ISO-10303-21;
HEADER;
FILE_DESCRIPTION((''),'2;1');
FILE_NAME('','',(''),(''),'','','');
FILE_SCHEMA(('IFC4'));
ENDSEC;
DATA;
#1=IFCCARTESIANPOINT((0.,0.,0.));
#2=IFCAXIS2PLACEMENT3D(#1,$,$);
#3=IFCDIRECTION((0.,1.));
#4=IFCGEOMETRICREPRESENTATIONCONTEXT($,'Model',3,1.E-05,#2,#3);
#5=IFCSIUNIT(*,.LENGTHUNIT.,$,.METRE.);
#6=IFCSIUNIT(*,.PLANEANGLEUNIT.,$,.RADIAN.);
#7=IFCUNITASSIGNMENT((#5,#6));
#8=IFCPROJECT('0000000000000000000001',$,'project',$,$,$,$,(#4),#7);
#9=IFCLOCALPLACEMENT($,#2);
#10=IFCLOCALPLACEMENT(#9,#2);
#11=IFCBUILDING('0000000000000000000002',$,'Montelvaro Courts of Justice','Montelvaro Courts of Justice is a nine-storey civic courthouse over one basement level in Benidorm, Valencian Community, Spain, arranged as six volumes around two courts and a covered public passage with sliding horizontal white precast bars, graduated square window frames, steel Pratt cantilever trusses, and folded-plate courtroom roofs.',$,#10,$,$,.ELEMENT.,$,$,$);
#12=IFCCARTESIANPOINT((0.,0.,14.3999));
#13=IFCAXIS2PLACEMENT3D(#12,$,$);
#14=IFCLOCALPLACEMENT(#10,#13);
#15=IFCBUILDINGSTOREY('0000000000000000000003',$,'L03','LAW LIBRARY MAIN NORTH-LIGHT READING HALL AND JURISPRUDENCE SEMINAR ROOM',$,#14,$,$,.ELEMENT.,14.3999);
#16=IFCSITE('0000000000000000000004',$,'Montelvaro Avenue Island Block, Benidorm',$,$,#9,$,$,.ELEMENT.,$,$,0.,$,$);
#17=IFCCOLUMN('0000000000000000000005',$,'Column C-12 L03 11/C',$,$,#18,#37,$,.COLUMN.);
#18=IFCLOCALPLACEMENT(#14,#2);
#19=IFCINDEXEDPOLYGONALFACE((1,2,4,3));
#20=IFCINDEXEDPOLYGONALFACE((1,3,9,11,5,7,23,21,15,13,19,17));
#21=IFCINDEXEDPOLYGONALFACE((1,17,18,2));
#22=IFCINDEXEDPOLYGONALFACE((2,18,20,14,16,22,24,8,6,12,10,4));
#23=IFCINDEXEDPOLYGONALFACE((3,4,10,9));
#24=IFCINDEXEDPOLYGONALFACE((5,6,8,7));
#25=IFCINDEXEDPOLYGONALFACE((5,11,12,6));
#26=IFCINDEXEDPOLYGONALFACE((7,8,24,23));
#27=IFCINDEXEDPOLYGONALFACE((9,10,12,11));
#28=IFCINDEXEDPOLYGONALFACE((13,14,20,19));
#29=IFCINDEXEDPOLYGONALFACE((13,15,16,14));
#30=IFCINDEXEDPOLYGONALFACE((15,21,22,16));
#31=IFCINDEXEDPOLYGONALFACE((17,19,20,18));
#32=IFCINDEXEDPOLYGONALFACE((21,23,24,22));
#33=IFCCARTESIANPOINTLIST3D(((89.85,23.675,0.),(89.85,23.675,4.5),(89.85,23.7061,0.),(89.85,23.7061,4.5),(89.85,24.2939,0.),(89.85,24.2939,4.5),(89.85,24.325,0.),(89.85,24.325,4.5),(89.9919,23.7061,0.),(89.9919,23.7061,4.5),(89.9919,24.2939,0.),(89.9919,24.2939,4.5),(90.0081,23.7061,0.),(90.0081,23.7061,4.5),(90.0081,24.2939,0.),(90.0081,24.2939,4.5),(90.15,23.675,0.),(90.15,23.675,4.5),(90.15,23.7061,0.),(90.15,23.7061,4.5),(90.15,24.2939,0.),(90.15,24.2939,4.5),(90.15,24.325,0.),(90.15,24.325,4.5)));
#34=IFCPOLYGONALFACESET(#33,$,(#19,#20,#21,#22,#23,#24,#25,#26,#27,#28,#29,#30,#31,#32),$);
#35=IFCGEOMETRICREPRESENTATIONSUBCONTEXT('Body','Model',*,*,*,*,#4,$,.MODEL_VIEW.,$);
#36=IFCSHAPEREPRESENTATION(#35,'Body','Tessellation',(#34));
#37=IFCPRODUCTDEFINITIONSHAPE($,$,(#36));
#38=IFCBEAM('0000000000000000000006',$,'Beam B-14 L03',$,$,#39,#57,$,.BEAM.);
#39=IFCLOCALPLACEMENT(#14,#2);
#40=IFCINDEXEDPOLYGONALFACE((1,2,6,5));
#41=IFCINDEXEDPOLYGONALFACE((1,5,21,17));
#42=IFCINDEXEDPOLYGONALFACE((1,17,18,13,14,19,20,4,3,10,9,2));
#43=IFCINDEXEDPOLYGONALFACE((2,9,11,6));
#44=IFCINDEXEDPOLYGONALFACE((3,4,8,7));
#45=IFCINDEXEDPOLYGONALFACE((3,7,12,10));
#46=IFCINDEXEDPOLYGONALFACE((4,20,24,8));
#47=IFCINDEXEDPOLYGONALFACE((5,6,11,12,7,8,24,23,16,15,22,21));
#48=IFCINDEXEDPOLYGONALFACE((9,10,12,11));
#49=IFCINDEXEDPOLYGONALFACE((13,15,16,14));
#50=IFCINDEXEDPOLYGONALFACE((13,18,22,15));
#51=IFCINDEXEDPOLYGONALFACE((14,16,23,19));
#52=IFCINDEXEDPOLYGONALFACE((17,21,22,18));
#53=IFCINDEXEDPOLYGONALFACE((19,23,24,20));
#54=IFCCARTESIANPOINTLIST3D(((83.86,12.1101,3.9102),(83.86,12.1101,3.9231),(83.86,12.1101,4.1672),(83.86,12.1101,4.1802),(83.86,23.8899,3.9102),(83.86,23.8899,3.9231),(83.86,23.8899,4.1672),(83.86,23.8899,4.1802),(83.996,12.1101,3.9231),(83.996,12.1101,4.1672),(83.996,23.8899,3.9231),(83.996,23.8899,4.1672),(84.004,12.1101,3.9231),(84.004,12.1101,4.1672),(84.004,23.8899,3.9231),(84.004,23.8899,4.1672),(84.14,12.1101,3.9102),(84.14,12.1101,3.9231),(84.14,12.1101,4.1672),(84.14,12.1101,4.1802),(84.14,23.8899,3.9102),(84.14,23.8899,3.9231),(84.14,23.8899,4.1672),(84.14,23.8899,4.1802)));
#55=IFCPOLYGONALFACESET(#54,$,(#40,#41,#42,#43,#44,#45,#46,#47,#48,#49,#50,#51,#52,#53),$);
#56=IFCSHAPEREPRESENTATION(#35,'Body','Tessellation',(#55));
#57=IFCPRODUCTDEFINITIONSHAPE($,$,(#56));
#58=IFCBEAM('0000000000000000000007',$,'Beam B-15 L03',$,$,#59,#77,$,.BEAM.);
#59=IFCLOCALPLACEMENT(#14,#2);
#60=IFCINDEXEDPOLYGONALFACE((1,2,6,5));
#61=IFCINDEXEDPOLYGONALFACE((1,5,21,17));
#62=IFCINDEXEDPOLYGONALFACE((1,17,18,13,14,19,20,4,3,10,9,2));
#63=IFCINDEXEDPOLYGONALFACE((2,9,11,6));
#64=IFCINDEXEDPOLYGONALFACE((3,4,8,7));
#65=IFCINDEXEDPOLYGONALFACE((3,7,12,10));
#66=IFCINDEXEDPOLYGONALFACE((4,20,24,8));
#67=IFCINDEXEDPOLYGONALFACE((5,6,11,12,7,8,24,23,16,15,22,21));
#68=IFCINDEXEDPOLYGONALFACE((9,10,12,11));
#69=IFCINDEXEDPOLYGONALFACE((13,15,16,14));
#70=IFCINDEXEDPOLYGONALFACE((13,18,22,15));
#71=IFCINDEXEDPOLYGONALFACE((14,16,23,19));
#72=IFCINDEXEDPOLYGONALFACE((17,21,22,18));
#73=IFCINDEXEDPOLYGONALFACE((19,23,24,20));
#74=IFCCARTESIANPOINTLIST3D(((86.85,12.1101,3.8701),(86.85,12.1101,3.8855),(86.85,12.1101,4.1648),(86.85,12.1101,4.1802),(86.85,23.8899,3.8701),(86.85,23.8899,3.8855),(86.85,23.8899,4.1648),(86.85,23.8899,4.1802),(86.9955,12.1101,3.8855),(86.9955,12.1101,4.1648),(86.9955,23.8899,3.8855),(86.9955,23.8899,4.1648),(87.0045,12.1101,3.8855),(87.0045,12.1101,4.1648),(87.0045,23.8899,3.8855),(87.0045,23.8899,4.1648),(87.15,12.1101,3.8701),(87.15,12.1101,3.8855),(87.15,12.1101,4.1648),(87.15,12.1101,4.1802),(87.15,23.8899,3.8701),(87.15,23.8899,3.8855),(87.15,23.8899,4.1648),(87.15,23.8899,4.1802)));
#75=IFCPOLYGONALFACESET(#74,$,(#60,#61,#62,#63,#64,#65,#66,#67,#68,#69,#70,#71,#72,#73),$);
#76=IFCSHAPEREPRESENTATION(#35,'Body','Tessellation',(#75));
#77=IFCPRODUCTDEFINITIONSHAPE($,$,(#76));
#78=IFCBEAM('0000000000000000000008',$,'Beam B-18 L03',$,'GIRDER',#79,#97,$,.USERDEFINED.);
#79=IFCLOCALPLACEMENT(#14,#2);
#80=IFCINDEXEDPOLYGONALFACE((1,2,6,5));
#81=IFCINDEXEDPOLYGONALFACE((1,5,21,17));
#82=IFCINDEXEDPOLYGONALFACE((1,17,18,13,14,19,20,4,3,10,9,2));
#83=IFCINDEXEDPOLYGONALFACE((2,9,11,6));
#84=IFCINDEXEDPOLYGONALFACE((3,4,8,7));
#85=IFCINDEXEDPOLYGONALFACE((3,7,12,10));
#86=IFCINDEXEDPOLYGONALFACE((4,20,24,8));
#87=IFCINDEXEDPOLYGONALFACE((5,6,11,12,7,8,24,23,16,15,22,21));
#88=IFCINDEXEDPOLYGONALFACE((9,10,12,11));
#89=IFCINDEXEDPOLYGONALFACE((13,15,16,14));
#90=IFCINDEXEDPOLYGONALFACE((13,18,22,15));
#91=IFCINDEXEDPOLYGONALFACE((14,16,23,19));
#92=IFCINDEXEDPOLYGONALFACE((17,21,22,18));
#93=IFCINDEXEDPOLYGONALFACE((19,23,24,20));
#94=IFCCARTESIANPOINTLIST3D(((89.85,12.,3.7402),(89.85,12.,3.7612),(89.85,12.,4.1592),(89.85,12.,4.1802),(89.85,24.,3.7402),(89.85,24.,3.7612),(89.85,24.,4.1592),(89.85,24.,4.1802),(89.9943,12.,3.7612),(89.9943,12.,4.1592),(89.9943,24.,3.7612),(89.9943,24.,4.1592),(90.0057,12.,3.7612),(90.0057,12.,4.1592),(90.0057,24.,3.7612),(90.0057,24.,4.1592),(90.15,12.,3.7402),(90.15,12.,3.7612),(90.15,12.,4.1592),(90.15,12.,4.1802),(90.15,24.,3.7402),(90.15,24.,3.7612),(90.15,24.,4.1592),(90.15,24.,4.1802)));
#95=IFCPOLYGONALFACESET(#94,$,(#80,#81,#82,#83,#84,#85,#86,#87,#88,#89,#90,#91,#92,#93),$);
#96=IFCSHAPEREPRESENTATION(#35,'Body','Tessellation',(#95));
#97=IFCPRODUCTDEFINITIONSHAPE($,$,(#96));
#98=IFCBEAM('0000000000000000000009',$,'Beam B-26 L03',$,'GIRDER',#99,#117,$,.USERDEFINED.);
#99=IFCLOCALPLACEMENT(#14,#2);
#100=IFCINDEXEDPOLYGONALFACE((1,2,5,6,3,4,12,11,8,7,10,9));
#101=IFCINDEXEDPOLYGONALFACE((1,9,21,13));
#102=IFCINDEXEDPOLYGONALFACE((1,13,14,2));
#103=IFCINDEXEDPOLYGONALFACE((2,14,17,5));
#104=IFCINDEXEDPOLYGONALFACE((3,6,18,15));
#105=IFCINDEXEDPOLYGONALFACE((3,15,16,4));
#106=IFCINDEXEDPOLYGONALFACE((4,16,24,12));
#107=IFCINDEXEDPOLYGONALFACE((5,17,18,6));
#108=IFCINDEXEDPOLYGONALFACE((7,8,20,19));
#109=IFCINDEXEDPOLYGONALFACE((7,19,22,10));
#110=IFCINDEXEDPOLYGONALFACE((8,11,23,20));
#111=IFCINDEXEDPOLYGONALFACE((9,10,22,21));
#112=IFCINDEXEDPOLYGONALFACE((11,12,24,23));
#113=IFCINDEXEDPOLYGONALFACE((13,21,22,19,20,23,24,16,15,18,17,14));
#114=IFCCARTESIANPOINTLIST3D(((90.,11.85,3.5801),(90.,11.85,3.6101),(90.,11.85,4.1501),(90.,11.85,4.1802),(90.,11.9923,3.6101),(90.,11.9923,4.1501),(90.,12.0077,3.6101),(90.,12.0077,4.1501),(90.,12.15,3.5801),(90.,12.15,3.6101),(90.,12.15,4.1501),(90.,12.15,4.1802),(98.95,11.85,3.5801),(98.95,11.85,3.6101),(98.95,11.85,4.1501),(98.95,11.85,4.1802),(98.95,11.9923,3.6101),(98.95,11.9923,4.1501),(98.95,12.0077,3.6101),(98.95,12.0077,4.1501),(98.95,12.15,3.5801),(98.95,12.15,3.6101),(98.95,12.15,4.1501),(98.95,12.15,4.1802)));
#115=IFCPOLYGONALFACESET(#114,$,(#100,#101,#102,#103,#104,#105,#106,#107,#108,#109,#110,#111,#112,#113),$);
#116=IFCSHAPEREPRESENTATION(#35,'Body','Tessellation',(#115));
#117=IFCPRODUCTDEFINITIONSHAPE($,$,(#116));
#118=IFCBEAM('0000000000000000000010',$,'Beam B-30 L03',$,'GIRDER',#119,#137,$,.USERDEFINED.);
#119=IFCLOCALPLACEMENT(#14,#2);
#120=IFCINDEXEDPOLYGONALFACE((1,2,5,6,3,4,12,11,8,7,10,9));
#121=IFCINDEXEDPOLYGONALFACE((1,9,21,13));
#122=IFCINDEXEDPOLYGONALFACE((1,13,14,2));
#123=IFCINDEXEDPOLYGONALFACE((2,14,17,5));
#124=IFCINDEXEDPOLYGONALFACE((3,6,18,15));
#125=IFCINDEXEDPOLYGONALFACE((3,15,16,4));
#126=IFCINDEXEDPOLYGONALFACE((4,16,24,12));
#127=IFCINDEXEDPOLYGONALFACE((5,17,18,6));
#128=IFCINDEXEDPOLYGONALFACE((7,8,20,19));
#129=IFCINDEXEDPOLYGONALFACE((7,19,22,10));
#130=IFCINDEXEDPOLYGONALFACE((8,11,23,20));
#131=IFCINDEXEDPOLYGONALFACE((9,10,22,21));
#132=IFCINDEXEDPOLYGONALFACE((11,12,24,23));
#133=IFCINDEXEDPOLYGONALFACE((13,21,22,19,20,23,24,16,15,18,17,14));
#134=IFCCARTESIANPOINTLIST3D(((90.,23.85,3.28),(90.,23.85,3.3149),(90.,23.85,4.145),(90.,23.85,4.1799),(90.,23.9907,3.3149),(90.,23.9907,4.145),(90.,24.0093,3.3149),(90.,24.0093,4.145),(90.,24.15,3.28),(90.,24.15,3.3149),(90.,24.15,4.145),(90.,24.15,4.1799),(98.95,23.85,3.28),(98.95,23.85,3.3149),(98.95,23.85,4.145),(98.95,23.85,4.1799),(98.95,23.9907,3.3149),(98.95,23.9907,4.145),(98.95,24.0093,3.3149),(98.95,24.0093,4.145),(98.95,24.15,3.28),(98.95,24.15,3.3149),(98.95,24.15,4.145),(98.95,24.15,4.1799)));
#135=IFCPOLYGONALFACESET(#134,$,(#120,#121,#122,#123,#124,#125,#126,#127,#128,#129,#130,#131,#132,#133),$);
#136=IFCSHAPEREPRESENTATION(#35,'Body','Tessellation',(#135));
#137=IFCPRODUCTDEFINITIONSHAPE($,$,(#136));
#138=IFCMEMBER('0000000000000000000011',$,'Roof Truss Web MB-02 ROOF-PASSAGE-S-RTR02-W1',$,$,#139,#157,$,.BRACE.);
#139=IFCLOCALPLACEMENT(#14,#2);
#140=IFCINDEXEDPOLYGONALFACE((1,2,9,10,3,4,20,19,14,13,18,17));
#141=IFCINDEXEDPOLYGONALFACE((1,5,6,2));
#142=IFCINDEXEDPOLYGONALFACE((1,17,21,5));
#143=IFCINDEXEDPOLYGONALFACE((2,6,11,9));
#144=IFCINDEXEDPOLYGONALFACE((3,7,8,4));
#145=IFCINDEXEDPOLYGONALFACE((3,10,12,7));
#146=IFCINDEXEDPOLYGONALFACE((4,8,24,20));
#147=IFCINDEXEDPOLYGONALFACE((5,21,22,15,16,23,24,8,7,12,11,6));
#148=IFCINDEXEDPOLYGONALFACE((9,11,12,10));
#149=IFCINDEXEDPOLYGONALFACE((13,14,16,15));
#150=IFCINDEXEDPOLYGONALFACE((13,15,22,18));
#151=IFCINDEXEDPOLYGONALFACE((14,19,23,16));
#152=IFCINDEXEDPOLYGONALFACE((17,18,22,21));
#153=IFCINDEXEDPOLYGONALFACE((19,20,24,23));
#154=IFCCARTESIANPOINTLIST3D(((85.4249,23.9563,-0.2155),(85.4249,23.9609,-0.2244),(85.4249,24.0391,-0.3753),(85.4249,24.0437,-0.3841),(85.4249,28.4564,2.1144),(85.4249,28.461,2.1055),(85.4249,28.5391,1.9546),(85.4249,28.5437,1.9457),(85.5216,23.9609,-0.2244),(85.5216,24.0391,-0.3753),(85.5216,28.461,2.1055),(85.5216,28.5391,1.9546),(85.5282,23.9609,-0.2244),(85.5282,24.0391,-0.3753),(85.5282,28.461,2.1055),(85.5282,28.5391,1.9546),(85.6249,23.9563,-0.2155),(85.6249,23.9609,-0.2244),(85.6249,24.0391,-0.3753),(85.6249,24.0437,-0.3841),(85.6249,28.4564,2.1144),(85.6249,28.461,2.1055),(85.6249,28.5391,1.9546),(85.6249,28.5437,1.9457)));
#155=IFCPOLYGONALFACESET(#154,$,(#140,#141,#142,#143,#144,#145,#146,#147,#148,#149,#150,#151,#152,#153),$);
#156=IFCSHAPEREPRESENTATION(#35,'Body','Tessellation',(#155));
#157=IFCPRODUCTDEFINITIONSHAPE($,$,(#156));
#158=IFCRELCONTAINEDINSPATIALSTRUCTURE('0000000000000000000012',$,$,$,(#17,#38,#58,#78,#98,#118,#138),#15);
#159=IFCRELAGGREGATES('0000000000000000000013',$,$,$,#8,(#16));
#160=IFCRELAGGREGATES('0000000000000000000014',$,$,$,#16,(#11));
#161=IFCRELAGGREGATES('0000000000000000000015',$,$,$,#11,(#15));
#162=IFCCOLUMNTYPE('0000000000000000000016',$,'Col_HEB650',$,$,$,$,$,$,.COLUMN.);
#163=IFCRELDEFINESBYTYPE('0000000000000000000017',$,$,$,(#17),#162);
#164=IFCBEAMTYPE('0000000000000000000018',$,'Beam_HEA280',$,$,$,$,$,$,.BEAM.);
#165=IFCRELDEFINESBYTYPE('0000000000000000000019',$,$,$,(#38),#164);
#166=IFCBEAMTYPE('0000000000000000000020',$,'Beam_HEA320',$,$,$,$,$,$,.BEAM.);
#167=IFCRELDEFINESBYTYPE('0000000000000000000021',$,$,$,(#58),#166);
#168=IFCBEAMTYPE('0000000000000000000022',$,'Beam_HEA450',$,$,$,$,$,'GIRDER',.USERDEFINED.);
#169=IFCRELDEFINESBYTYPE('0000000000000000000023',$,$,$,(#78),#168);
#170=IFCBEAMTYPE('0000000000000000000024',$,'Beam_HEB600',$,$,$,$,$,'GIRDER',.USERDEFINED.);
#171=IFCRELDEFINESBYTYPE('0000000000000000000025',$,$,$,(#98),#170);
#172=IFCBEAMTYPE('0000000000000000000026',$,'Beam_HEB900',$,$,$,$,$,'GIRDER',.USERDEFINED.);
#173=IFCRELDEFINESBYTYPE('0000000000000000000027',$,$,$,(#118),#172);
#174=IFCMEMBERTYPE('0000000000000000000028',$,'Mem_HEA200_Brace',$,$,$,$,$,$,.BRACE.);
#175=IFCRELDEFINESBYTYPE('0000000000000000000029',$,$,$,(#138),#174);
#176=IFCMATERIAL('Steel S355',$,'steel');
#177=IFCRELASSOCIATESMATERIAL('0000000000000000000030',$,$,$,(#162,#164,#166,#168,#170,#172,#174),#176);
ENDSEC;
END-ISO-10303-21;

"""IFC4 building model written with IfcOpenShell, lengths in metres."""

from ifc_helpers import new_model, si_unit, direction, frame, origin, origin_2d, place, context, subcontext, project, spatial, i_section, extrude, material, material_profile, profile_set, type_object, element, save


model = new_model("IFC4")

# Units and contexts
model_context = context("Model", 3, precision=1e-05, world=origin(), true_north=direction((0.0, 1.0)))
body_context = subcontext(model_context, "Body", "Model", "MODEL_VIEW")
ifc_project = project(units=[si_unit("LENGTHUNIT", "METRE"), si_unit("PLANEANGLEUNIT", "RADIAN")], contexts=[model_context])

# Site, building, storey
site_placement = place(None, origin())
site = spatial("IfcSite", under=ifc_project, at=site_placement, Name="Montelvaro Avenue Island Block, Benidorm", CompositionType="ELEMENT", RefElevation=0.0)
building_placement = place(site_placement, origin())
building = spatial("IfcBuilding", under=site, at=building_placement, Name="Montelvaro Courts of Justice", Description="Montelvaro Courts of Justice is a nine-storey civic courthouse over one basement level in Benidorm, Valencian Community, Spain, arranged as six volumes around two courts and a covered public passage with sliding horizontal white precast bars, graduated square window frames, steel Pratt cantilever trusses, and folded-plate courtroom roofs.", CompositionType="ELEMENT")
storey_placement = place(building_placement, frame((0.0, 0.0, 14.3999)))
storey = spatial("IfcBuildingStorey", under=building, at=storey_placement, Name="L03", Description="LAW LIBRARY MAIN NORTH-LIGHT READING HALL AND JURISPRUDENCE SEMINAR ROOM", CompositionType="ELEMENT", Elevation=14.3999)

# Column
ifc_material_1 = material(Name="Steel S355", Category="steel")
ifc_material_profile_1 = material_profile(ifc_material_1, i_section(OverallWidth=0.3, OverallDepth=0.6499, WebThickness=0.0161, FlangeThickness=0.031, at=origin_2d()), Name="HEB 650")
ifc_profile_set_1 = profile_set([ifc_material_profile_1], Name="Steel S355")
column_type = type_object("IfcColumnType", Name="Col_HEB650", PredefinedType="COLUMN", material=ifc_profile_set_1)
column_placement = place(storey_placement, frame((90.0, 24.0, 0.0), z_axis=(0.0, 0.0, 1.0), x_axis=(1.0, 0.0, 0.0)))
element("IfcColumn", 1, at=column_placement, inside=storey, type_object=column_type, Name="Column C-12 L03 11/C", PredefinedType="COLUMN", context=body_context, shape_type="SweptSolid", body=[
    extrude(i_section(OverallWidth=0.3, OverallDepth=0.6499, WebThickness=0.0161, FlangeThickness=0.031, at=origin_2d()), origin(), (0.0, 0.0, 1.0), 4.5),
])

# Beams
ifc_material_profile_2 = material_profile(ifc_material_1, i_section(OverallWidth=0.28, OverallDepth=0.27, WebThickness=0.0081, FlangeThickness=0.0129, at=origin_2d()), Name="HEA 280")
ifc_profile_set_2 = profile_set([ifc_material_profile_2], Name="Steel S355")
beam_type_1 = type_object("IfcBeamType", Name="Beam_HEA280", PredefinedType="BEAM", material=ifc_profile_set_2)
beam_1_placement = place(storey_placement, frame((84.0, 12.1101, 4.0452), z_axis=(0.0, 1.0, 0.0), x_axis=(-1.0, 0.0, 0.0)))
element("IfcBeam", 2, at=beam_1_placement, inside=storey, type_object=beam_type_1, Name="Beam B-14 L03", PredefinedType="BEAM", context=body_context, shape_type="SweptSolid", body=[
    extrude(i_section(OverallWidth=0.28, OverallDepth=0.27, WebThickness=0.0081, FlangeThickness=0.0129, at=origin_2d()), origin(), (0.0, 0.0, 1.0), 11.7798),
])
ifc_material_profile_3 = material_profile(ifc_material_1, i_section(OverallWidth=0.3, OverallDepth=0.3101, WebThickness=0.009, FlangeThickness=0.0154, at=origin_2d()), Name="HEA 320")
ifc_profile_set_3 = profile_set([ifc_material_profile_3], Name="Steel S355")
beam_type_2 = type_object("IfcBeamType", Name="Beam_HEA320", PredefinedType="BEAM", material=ifc_profile_set_3)
beam_2_placement = place(storey_placement, frame((87.0, 12.1101, 4.0251), z_axis=(0.0, 1.0, 0.0), x_axis=(-1.0, 0.0, 0.0)))
element("IfcBeam", 3, at=beam_2_placement, inside=storey, type_object=beam_type_2, Name="Beam B-15 L03", PredefinedType="BEAM", context=body_context, shape_type="SweptSolid", body=[
    extrude(i_section(OverallWidth=0.3, OverallDepth=0.3101, WebThickness=0.009, FlangeThickness=0.0154, at=origin_2d()), origin(), (0.0, 0.0, 1.0), 11.7798),
])
ifc_material_profile_4 = material_profile(ifc_material_1, i_section(OverallWidth=0.3, OverallDepth=0.4399, WebThickness=0.0115, FlangeThickness=0.021, at=origin_2d()), Name="HEA 450")
ifc_profile_set_4 = profile_set([ifc_material_profile_4], Name="Steel S355")
beam_type_3 = type_object("IfcBeamType", Name="Beam_HEA450", ElementType="GIRDER", PredefinedType="USERDEFINED", material=ifc_profile_set_4)
beam_3_placement = place(storey_placement, frame((90.0, 12.0, 3.9602), z_axis=(0.0, 1.0, 0.0), x_axis=(-1.0, 0.0, 0.0)))
element("IfcBeam", 4, at=beam_3_placement, inside=storey, type_object=beam_type_3, Name="Beam B-18 L03", ObjectType="GIRDER", PredefinedType="USERDEFINED", context=body_context, shape_type="SweptSolid", body=[
    extrude(i_section(OverallWidth=0.3, OverallDepth=0.4399, WebThickness=0.0115, FlangeThickness=0.021, at=origin_2d()), origin(), (0.0, 0.0, 1.0), 12.0),
])
ifc_material_profile_5 = material_profile(ifc_material_1, i_section(OverallWidth=0.3, OverallDepth=0.6001, WebThickness=0.0154, FlangeThickness=0.03, at=origin_2d()), Name="HEB 600")
ifc_profile_set_5 = profile_set([ifc_material_profile_5], Name="Steel S355")
beam_type_4 = type_object("IfcBeamType", Name="Beam_HEB600", ElementType="GIRDER", PredefinedType="USERDEFINED", material=ifc_profile_set_5)
beam_4_placement = place(storey_placement, frame((90.0, 12.0, 3.8801), z_axis=(1.0, 0.0, 0.0), x_axis=(0.0, 1.0, 0.0)))
element("IfcBeam", 5, at=beam_4_placement, inside=storey, type_object=beam_type_4, Name="Beam B-26 L03", ObjectType="GIRDER", PredefinedType="USERDEFINED", context=body_context, shape_type="SweptSolid", body=[
    extrude(i_section(OverallWidth=0.3, OverallDepth=0.6001, WebThickness=0.0154, FlangeThickness=0.03, at=origin_2d()), origin(), (0.0, 0.0, 1.0), 8.95),
])
ifc_material_profile_6 = material_profile(ifc_material_1, i_section(OverallWidth=0.3, OverallDepth=0.8999, WebThickness=0.0186, FlangeThickness=0.0349, at=origin_2d()), Name="HEB 900")
ifc_profile_set_6 = profile_set([ifc_material_profile_6], Name="Steel S355")
beam_type_5 = type_object("IfcBeamType", Name="Beam_HEB900", ElementType="GIRDER", PredefinedType="USERDEFINED", material=ifc_profile_set_6)
beam_5_placement = place(storey_placement, frame((90.0, 24.0, 3.73), z_axis=(1.0, 0.0, 0.0), x_axis=(0.0, 1.0, 0.0)))
element("IfcBeam", 6, at=beam_5_placement, inside=storey, type_object=beam_type_5, Name="Beam B-30 L03", ObjectType="GIRDER", PredefinedType="USERDEFINED", context=body_context, shape_type="SweptSolid", body=[
    extrude(i_section(OverallWidth=0.3, OverallDepth=0.8999, WebThickness=0.0186, FlangeThickness=0.0349, at=origin_2d()), origin(), (0.0, 0.0, 1.0), 8.95),
])

# Member
ifc_material_profile_7 = material_profile(ifc_material_1, i_section(OverallWidth=0.2, OverallDepth=0.1899, WebThickness=0.0066, FlangeThickness=0.01, at=origin_2d()), Name="HEA 200")
ifc_profile_set_7 = profile_set([ifc_material_profile_7], Name="Steel S355")
member_type_1 = type_object("IfcMemberType", Name="Mem_HEA200_Brace", PredefinedType="BRACE", material=ifc_profile_set_7)
member_1_placement = place(storey_placement, frame((85.5249, 24.0, -0.2998), z_axis=(0.0, 0.888037, 0.459773), x_axis=(-1.0, 0.0, 0.0)))
element("IfcMember", 7, at=member_1_placement, inside=storey, type_object=member_type_1, Name="Roof Truss Web MB-02 ROOF-PASSAGE-S-RTR02-W1", PredefinedType="BRACE", context=body_context, shape_type="SweptSolid", body=[
    extrude(i_section(OverallWidth=0.2, OverallDepth=0.1899, WebThickness=0.0066, FlangeThickness=0.01, at=origin_2d()), origin(), (0.0, 0.0, 1.0), 5.0674),
])

save(model, "model.ifc")
